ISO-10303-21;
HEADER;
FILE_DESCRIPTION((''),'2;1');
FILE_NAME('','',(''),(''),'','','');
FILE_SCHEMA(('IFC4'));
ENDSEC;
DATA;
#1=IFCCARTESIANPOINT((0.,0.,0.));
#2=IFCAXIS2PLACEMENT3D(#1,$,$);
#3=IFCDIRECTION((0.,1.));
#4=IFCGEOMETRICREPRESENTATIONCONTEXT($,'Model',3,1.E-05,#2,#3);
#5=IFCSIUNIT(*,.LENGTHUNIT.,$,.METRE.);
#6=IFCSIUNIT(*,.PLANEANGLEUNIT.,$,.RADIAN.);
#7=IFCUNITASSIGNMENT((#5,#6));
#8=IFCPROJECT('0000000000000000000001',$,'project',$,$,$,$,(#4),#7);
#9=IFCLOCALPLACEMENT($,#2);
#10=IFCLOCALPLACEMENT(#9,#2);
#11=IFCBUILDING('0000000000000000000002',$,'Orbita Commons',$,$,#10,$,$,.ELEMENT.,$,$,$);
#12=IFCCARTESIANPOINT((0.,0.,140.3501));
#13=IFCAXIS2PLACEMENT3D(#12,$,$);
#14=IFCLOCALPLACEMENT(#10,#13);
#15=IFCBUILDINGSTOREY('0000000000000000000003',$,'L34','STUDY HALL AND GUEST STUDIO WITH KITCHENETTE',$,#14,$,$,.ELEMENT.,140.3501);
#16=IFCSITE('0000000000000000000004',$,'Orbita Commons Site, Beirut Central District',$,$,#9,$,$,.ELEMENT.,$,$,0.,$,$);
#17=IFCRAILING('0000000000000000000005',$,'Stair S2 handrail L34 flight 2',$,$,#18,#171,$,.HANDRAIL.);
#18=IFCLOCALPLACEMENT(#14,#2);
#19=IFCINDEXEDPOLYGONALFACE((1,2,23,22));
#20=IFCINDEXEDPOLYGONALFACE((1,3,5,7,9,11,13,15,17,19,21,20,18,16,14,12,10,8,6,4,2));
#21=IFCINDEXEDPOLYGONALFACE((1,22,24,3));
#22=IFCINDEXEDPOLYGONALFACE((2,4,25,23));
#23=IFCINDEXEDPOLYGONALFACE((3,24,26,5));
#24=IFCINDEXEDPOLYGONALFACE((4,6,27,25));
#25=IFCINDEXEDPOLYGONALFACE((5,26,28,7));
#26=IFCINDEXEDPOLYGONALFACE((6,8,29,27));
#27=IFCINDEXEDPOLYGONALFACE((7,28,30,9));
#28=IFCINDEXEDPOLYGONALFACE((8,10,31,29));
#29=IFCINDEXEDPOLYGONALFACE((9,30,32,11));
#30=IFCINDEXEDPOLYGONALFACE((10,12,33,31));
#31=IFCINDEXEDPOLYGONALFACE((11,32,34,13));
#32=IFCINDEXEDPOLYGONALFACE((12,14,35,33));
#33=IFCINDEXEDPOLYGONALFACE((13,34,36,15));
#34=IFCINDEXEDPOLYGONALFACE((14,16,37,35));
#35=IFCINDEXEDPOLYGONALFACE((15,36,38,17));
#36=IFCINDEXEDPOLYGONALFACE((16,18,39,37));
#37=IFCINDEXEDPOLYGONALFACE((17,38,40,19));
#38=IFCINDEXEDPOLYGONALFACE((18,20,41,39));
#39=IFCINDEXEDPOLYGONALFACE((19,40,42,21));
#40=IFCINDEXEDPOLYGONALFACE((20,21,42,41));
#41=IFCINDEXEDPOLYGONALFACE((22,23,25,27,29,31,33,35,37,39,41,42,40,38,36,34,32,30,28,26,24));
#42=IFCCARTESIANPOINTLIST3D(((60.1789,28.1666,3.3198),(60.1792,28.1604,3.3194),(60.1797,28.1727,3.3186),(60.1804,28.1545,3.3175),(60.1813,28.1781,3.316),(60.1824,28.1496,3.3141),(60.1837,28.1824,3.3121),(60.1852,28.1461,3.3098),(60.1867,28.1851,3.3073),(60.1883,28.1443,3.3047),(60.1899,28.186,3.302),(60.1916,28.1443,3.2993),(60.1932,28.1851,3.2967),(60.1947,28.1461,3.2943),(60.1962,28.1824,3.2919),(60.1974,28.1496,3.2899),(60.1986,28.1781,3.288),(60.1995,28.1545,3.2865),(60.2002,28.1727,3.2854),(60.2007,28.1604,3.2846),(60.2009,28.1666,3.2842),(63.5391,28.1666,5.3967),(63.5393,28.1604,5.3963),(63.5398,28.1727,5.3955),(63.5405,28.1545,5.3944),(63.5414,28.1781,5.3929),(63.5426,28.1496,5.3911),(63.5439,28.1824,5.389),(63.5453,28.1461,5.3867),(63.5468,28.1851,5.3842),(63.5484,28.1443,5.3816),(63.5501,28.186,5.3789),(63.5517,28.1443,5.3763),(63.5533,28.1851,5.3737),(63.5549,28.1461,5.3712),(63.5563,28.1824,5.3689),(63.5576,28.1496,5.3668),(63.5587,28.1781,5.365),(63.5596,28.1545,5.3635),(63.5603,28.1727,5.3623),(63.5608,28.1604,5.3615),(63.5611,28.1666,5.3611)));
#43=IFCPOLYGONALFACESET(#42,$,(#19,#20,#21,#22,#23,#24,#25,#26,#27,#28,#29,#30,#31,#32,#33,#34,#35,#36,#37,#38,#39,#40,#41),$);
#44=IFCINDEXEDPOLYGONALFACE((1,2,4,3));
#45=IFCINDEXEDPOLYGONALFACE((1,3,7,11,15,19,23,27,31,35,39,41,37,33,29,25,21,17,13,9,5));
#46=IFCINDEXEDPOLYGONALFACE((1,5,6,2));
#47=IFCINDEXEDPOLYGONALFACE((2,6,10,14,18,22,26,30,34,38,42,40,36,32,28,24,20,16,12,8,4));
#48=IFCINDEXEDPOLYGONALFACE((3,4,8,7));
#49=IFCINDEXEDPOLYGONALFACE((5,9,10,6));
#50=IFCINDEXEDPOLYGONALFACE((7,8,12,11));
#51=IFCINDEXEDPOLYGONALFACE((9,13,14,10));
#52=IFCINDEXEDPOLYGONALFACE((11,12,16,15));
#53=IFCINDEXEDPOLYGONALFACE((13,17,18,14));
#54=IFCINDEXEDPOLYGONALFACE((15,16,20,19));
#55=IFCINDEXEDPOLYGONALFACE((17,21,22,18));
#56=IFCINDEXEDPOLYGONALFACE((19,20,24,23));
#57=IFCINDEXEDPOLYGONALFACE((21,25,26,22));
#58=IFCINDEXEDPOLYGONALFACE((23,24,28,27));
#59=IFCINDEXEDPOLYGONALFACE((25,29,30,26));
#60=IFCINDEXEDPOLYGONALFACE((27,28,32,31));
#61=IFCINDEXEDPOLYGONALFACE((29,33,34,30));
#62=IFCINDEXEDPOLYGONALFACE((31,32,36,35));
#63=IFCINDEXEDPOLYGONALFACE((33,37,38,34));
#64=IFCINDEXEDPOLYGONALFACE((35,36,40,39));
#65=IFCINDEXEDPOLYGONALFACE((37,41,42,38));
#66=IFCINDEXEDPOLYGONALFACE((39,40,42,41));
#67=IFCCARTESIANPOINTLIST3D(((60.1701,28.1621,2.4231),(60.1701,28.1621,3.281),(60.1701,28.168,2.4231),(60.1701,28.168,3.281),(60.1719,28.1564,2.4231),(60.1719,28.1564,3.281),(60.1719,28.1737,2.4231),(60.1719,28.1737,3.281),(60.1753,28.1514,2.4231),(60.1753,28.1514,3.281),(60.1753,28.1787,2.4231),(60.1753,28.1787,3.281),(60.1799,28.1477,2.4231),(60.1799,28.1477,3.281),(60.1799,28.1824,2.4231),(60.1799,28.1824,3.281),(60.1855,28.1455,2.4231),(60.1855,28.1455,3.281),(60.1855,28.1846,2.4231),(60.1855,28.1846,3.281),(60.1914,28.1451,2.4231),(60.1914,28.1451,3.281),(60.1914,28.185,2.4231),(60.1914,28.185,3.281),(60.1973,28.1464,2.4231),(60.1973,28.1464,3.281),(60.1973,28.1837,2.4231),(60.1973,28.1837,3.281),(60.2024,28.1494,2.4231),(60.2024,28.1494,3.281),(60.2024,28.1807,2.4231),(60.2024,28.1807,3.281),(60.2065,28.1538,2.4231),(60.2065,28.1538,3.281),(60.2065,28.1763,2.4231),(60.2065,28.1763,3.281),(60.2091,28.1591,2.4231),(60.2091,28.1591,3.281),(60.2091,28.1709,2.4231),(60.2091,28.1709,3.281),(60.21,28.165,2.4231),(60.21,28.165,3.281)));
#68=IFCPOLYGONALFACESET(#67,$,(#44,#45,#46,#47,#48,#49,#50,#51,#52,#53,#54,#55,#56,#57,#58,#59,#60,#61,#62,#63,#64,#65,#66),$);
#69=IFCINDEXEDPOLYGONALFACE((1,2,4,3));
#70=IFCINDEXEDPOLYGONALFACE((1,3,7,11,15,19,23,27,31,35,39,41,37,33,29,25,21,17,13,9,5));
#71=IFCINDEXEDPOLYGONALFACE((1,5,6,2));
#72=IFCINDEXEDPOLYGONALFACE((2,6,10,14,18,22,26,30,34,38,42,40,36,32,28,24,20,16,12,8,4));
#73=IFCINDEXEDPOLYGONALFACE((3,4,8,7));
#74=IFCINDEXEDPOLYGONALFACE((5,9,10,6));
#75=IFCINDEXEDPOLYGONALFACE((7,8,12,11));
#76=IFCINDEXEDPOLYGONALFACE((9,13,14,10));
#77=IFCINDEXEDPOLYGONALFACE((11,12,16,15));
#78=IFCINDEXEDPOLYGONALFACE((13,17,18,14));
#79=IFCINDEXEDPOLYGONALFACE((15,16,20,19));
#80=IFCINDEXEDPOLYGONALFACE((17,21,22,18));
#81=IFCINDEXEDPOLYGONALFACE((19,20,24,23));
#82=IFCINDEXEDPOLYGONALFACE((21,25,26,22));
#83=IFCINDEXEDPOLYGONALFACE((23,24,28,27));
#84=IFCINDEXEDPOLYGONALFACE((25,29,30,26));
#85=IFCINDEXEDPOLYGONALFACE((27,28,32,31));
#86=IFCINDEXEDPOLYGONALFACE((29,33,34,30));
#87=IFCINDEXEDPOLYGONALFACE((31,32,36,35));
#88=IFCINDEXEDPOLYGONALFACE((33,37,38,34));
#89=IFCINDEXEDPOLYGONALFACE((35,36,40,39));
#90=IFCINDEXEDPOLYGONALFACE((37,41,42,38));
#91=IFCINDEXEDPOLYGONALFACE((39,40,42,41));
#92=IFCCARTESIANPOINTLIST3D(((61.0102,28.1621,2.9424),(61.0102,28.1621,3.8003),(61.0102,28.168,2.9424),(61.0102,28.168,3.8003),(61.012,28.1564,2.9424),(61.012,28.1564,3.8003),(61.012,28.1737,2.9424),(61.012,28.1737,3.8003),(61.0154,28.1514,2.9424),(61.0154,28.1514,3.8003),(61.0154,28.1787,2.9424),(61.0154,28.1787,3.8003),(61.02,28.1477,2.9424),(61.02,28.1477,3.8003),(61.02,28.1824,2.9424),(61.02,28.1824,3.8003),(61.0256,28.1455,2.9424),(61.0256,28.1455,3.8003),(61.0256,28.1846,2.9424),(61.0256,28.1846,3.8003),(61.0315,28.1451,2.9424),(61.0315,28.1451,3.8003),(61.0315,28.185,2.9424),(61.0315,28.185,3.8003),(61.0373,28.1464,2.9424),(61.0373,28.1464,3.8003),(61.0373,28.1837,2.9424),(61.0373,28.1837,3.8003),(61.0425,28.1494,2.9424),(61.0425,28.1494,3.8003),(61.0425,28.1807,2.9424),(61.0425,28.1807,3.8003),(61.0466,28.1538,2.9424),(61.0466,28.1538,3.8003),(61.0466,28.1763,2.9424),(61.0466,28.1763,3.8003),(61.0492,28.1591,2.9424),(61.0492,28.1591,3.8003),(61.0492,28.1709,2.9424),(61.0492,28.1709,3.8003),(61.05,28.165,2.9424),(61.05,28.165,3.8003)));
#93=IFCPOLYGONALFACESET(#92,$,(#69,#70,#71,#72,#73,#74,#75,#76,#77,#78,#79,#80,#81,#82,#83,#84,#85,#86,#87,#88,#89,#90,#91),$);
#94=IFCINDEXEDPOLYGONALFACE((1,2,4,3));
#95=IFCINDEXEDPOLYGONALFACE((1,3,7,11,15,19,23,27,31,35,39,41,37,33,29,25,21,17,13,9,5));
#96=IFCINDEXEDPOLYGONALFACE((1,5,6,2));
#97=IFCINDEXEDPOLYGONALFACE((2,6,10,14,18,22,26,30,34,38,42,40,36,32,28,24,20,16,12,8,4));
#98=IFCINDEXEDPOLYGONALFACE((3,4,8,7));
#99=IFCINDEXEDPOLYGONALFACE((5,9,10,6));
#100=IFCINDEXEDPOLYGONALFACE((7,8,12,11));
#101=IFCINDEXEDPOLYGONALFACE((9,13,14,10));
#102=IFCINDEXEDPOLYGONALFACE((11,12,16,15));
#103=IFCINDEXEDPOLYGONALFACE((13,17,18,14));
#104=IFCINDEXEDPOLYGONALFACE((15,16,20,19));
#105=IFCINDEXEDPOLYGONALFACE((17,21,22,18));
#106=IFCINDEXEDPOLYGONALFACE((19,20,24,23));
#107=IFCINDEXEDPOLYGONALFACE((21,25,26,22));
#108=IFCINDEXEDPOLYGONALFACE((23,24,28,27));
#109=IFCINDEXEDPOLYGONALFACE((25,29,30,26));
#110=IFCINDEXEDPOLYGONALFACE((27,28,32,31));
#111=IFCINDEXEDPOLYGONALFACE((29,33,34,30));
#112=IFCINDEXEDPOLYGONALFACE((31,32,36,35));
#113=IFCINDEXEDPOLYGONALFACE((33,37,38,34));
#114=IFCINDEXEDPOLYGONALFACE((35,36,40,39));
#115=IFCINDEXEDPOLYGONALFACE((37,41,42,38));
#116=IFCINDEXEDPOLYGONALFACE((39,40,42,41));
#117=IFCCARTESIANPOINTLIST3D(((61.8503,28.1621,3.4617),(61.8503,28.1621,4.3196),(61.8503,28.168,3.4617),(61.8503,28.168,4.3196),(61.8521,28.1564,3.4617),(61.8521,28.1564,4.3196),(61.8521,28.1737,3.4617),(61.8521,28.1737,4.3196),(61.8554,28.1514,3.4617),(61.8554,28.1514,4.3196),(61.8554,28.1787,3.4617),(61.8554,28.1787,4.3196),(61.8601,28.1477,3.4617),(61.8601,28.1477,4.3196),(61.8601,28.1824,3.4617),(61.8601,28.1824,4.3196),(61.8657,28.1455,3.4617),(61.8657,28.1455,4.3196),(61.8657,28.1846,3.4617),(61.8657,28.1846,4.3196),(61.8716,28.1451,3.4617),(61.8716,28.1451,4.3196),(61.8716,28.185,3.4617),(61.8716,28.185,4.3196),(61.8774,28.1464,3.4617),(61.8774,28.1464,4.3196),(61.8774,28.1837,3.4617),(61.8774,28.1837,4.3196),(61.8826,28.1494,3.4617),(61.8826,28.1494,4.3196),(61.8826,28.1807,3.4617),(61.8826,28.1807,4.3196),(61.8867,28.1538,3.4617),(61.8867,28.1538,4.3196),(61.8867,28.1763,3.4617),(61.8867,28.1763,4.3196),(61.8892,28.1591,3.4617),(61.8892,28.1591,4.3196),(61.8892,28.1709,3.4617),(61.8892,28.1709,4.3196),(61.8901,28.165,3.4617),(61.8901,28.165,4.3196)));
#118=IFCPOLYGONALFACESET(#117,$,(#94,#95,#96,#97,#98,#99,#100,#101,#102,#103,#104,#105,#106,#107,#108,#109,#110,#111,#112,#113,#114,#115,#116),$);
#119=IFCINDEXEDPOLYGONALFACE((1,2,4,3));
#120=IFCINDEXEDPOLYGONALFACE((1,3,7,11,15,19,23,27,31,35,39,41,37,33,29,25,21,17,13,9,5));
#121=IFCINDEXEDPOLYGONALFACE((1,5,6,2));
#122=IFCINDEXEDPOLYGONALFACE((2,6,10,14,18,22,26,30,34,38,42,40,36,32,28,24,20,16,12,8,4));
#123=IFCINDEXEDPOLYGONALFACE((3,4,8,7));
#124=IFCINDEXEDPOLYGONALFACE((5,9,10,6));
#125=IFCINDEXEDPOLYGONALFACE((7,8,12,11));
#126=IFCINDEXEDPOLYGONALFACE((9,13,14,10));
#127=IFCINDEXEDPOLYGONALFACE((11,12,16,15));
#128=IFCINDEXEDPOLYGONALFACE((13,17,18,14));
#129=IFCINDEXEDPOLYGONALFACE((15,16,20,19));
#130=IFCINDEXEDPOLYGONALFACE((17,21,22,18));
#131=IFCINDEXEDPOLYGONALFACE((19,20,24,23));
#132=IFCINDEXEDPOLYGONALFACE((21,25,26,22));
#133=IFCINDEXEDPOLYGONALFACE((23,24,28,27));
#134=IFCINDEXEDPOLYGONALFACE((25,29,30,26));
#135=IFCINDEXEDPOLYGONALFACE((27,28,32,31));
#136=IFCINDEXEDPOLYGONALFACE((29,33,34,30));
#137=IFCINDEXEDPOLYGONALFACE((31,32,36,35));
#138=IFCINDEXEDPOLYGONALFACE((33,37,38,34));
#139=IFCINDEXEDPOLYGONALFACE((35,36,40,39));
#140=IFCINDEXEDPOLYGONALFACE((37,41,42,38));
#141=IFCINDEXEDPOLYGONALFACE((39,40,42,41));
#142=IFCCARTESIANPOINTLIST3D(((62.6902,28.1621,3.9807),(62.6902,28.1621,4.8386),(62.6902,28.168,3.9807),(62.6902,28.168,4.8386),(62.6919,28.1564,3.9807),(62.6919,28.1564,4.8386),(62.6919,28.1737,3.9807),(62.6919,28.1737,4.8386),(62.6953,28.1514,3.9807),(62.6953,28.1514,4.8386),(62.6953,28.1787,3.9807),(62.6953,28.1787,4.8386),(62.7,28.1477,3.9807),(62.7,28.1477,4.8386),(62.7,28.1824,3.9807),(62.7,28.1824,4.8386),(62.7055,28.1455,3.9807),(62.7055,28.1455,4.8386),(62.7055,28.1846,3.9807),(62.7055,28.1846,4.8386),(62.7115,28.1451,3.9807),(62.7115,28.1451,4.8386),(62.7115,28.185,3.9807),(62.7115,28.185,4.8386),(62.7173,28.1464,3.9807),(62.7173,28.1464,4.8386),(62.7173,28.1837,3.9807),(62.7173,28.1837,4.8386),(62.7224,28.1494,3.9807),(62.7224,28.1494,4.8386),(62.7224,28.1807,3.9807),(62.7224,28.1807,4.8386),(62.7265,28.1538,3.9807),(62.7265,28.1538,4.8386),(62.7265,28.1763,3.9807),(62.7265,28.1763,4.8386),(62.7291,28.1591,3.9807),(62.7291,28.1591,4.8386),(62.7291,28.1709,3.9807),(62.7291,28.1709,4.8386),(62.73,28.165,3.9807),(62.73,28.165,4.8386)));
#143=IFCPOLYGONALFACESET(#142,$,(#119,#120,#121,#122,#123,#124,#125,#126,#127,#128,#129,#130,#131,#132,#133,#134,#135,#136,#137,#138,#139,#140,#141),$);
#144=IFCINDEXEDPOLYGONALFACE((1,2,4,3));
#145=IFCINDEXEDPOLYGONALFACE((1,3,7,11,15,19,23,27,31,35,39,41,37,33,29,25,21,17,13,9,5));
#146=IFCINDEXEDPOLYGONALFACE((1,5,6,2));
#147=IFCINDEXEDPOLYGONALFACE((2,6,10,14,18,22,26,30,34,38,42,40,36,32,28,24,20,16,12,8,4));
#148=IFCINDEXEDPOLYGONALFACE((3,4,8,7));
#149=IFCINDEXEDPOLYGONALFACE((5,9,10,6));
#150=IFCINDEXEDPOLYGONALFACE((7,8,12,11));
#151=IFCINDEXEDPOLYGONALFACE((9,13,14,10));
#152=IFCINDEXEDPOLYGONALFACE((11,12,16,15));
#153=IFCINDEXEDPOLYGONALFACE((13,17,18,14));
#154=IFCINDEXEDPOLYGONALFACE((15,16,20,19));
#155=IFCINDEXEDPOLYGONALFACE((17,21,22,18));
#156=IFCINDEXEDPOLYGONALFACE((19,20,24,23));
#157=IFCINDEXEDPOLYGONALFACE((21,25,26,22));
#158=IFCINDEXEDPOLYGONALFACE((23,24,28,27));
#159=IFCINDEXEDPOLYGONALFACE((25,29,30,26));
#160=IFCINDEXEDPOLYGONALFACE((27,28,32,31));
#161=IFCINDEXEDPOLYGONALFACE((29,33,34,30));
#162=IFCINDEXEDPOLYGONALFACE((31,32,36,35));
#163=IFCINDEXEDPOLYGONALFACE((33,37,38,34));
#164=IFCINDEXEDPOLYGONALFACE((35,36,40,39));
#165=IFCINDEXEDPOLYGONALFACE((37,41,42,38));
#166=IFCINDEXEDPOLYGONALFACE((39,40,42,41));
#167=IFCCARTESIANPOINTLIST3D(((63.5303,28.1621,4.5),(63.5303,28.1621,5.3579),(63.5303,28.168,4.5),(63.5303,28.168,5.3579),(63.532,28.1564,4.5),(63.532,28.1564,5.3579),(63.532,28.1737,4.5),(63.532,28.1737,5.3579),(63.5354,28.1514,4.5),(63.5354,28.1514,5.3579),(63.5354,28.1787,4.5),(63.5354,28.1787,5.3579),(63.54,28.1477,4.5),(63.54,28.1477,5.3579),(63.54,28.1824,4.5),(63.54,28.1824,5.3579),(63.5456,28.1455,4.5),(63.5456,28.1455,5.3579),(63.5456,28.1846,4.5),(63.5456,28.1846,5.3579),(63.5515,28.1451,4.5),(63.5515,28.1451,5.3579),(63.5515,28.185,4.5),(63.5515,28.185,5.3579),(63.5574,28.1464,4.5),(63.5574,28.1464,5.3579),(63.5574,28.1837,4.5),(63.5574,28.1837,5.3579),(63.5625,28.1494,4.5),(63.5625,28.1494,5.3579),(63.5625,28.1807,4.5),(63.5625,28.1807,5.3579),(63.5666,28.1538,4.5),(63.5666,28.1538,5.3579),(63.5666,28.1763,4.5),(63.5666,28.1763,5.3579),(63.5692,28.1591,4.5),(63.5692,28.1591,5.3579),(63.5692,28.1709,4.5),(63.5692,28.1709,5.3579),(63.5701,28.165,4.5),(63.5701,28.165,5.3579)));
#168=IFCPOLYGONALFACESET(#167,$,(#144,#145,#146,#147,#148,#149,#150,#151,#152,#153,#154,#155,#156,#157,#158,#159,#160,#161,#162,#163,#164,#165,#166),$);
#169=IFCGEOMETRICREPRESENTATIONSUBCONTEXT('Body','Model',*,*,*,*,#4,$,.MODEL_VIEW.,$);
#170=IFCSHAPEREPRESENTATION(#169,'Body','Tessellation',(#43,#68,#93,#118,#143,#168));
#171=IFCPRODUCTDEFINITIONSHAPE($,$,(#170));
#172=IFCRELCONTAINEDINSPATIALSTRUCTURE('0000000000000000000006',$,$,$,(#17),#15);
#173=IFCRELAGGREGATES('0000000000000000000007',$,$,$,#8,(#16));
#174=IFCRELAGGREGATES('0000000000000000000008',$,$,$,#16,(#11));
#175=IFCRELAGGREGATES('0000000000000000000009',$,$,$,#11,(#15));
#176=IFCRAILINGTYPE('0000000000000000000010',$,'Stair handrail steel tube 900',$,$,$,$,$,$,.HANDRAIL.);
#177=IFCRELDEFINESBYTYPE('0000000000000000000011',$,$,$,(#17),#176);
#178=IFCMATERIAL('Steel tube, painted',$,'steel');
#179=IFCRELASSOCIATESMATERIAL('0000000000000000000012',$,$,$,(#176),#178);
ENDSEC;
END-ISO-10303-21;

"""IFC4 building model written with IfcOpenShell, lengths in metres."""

from ifc_helpers import new_model, si_unit, direction, frame, origin, origin_2d, place, context, subcontext, project, spatial, circle, extrude, material, type_object, element, save


model = new_model("IFC4")

# Units and contexts
model_context = context("Model", 3, precision=1e-05, world=origin(), true_north=direction((0.0, 1.0)))
body_context = subcontext(model_context, "Body", "Model", "MODEL_VIEW")
ifc_project = project(units=[si_unit("LENGTHUNIT", "METRE"), si_unit("PLANEANGLEUNIT", "RADIAN")], contexts=[model_context])

# Site, building, storey
site_placement = place(None, origin())
site = spatial("IfcSite", under=ifc_project, at=site_placement, Name="Orbita Commons Site, Beirut Central District", CompositionType="ELEMENT", RefElevation=0.0)
building_placement = place(site_placement, origin())
building = spatial("IfcBuilding", under=site, at=building_placement, Name="Orbita Commons", CompositionType="ELEMENT")
storey_placement = place(building_placement, frame((0.0, 0.0, 140.3501)))
storey = spatial("IfcBuildingStorey", under=building, at=storey_placement, Name="L34", Description="STUDY HALL AND GUEST STUDIO WITH KITCHENETTE", CompositionType="ELEMENT", Elevation=140.3501)

# Railing
ifc_material_1 = material(Name="Steel tube, painted", Category="steel")
railing_type = type_object("IfcRailingType", Name="Stair handrail steel tube 900", PredefinedType="HANDRAIL", material=ifc_material_1)
for number, where, name in (
    (1, (60.1899, 28.165, 2.4231), "Stair S2 handrail L34 flight 2"),
):
    element("IfcRailing", number, at=place(storey_placement, frame(where)), inside=storey, type_object=railing_type, Name=name, PredefinedType="HANDRAIL", context=body_context, shape_type="SweptSolid", body=[
        extrude(circle(Radius=0.021, at=origin_2d()), frame((0.0, 0.0, 0.8789), z_axis=(0.850623, 0.0, 0.525776), x_axis=(0.0, 1.0, 0.0)), (0.0, 0.0, 1.0), 3.9502),
        extrude(circle(Radius=0.02, at=origin_2d()), origin(), (0.0, 0.0, 1.0), 0.8579),
        extrude(circle(Radius=0.02, at=origin_2d()), frame((0.8401, 0.0, 0.5193)), (0.0, 0.0, 1.0), 0.8579),
        extrude(circle(Radius=0.02, at=origin_2d()), frame((1.6802, 0.0, 1.0386)), (0.0, 0.0, 1.0), 0.8579),
        extrude(circle(Radius=0.02, at=origin_2d()), frame((2.52, 0.0, 1.5576)), (0.0, 0.0, 1.0), 0.8579),
        extrude(circle(Radius=0.02, at=origin_2d()), frame((3.3601, 0.0, 2.0769)), (0.0, 0.0, 1.0), 0.8579),
    ])

save(model, "model.ifc")
